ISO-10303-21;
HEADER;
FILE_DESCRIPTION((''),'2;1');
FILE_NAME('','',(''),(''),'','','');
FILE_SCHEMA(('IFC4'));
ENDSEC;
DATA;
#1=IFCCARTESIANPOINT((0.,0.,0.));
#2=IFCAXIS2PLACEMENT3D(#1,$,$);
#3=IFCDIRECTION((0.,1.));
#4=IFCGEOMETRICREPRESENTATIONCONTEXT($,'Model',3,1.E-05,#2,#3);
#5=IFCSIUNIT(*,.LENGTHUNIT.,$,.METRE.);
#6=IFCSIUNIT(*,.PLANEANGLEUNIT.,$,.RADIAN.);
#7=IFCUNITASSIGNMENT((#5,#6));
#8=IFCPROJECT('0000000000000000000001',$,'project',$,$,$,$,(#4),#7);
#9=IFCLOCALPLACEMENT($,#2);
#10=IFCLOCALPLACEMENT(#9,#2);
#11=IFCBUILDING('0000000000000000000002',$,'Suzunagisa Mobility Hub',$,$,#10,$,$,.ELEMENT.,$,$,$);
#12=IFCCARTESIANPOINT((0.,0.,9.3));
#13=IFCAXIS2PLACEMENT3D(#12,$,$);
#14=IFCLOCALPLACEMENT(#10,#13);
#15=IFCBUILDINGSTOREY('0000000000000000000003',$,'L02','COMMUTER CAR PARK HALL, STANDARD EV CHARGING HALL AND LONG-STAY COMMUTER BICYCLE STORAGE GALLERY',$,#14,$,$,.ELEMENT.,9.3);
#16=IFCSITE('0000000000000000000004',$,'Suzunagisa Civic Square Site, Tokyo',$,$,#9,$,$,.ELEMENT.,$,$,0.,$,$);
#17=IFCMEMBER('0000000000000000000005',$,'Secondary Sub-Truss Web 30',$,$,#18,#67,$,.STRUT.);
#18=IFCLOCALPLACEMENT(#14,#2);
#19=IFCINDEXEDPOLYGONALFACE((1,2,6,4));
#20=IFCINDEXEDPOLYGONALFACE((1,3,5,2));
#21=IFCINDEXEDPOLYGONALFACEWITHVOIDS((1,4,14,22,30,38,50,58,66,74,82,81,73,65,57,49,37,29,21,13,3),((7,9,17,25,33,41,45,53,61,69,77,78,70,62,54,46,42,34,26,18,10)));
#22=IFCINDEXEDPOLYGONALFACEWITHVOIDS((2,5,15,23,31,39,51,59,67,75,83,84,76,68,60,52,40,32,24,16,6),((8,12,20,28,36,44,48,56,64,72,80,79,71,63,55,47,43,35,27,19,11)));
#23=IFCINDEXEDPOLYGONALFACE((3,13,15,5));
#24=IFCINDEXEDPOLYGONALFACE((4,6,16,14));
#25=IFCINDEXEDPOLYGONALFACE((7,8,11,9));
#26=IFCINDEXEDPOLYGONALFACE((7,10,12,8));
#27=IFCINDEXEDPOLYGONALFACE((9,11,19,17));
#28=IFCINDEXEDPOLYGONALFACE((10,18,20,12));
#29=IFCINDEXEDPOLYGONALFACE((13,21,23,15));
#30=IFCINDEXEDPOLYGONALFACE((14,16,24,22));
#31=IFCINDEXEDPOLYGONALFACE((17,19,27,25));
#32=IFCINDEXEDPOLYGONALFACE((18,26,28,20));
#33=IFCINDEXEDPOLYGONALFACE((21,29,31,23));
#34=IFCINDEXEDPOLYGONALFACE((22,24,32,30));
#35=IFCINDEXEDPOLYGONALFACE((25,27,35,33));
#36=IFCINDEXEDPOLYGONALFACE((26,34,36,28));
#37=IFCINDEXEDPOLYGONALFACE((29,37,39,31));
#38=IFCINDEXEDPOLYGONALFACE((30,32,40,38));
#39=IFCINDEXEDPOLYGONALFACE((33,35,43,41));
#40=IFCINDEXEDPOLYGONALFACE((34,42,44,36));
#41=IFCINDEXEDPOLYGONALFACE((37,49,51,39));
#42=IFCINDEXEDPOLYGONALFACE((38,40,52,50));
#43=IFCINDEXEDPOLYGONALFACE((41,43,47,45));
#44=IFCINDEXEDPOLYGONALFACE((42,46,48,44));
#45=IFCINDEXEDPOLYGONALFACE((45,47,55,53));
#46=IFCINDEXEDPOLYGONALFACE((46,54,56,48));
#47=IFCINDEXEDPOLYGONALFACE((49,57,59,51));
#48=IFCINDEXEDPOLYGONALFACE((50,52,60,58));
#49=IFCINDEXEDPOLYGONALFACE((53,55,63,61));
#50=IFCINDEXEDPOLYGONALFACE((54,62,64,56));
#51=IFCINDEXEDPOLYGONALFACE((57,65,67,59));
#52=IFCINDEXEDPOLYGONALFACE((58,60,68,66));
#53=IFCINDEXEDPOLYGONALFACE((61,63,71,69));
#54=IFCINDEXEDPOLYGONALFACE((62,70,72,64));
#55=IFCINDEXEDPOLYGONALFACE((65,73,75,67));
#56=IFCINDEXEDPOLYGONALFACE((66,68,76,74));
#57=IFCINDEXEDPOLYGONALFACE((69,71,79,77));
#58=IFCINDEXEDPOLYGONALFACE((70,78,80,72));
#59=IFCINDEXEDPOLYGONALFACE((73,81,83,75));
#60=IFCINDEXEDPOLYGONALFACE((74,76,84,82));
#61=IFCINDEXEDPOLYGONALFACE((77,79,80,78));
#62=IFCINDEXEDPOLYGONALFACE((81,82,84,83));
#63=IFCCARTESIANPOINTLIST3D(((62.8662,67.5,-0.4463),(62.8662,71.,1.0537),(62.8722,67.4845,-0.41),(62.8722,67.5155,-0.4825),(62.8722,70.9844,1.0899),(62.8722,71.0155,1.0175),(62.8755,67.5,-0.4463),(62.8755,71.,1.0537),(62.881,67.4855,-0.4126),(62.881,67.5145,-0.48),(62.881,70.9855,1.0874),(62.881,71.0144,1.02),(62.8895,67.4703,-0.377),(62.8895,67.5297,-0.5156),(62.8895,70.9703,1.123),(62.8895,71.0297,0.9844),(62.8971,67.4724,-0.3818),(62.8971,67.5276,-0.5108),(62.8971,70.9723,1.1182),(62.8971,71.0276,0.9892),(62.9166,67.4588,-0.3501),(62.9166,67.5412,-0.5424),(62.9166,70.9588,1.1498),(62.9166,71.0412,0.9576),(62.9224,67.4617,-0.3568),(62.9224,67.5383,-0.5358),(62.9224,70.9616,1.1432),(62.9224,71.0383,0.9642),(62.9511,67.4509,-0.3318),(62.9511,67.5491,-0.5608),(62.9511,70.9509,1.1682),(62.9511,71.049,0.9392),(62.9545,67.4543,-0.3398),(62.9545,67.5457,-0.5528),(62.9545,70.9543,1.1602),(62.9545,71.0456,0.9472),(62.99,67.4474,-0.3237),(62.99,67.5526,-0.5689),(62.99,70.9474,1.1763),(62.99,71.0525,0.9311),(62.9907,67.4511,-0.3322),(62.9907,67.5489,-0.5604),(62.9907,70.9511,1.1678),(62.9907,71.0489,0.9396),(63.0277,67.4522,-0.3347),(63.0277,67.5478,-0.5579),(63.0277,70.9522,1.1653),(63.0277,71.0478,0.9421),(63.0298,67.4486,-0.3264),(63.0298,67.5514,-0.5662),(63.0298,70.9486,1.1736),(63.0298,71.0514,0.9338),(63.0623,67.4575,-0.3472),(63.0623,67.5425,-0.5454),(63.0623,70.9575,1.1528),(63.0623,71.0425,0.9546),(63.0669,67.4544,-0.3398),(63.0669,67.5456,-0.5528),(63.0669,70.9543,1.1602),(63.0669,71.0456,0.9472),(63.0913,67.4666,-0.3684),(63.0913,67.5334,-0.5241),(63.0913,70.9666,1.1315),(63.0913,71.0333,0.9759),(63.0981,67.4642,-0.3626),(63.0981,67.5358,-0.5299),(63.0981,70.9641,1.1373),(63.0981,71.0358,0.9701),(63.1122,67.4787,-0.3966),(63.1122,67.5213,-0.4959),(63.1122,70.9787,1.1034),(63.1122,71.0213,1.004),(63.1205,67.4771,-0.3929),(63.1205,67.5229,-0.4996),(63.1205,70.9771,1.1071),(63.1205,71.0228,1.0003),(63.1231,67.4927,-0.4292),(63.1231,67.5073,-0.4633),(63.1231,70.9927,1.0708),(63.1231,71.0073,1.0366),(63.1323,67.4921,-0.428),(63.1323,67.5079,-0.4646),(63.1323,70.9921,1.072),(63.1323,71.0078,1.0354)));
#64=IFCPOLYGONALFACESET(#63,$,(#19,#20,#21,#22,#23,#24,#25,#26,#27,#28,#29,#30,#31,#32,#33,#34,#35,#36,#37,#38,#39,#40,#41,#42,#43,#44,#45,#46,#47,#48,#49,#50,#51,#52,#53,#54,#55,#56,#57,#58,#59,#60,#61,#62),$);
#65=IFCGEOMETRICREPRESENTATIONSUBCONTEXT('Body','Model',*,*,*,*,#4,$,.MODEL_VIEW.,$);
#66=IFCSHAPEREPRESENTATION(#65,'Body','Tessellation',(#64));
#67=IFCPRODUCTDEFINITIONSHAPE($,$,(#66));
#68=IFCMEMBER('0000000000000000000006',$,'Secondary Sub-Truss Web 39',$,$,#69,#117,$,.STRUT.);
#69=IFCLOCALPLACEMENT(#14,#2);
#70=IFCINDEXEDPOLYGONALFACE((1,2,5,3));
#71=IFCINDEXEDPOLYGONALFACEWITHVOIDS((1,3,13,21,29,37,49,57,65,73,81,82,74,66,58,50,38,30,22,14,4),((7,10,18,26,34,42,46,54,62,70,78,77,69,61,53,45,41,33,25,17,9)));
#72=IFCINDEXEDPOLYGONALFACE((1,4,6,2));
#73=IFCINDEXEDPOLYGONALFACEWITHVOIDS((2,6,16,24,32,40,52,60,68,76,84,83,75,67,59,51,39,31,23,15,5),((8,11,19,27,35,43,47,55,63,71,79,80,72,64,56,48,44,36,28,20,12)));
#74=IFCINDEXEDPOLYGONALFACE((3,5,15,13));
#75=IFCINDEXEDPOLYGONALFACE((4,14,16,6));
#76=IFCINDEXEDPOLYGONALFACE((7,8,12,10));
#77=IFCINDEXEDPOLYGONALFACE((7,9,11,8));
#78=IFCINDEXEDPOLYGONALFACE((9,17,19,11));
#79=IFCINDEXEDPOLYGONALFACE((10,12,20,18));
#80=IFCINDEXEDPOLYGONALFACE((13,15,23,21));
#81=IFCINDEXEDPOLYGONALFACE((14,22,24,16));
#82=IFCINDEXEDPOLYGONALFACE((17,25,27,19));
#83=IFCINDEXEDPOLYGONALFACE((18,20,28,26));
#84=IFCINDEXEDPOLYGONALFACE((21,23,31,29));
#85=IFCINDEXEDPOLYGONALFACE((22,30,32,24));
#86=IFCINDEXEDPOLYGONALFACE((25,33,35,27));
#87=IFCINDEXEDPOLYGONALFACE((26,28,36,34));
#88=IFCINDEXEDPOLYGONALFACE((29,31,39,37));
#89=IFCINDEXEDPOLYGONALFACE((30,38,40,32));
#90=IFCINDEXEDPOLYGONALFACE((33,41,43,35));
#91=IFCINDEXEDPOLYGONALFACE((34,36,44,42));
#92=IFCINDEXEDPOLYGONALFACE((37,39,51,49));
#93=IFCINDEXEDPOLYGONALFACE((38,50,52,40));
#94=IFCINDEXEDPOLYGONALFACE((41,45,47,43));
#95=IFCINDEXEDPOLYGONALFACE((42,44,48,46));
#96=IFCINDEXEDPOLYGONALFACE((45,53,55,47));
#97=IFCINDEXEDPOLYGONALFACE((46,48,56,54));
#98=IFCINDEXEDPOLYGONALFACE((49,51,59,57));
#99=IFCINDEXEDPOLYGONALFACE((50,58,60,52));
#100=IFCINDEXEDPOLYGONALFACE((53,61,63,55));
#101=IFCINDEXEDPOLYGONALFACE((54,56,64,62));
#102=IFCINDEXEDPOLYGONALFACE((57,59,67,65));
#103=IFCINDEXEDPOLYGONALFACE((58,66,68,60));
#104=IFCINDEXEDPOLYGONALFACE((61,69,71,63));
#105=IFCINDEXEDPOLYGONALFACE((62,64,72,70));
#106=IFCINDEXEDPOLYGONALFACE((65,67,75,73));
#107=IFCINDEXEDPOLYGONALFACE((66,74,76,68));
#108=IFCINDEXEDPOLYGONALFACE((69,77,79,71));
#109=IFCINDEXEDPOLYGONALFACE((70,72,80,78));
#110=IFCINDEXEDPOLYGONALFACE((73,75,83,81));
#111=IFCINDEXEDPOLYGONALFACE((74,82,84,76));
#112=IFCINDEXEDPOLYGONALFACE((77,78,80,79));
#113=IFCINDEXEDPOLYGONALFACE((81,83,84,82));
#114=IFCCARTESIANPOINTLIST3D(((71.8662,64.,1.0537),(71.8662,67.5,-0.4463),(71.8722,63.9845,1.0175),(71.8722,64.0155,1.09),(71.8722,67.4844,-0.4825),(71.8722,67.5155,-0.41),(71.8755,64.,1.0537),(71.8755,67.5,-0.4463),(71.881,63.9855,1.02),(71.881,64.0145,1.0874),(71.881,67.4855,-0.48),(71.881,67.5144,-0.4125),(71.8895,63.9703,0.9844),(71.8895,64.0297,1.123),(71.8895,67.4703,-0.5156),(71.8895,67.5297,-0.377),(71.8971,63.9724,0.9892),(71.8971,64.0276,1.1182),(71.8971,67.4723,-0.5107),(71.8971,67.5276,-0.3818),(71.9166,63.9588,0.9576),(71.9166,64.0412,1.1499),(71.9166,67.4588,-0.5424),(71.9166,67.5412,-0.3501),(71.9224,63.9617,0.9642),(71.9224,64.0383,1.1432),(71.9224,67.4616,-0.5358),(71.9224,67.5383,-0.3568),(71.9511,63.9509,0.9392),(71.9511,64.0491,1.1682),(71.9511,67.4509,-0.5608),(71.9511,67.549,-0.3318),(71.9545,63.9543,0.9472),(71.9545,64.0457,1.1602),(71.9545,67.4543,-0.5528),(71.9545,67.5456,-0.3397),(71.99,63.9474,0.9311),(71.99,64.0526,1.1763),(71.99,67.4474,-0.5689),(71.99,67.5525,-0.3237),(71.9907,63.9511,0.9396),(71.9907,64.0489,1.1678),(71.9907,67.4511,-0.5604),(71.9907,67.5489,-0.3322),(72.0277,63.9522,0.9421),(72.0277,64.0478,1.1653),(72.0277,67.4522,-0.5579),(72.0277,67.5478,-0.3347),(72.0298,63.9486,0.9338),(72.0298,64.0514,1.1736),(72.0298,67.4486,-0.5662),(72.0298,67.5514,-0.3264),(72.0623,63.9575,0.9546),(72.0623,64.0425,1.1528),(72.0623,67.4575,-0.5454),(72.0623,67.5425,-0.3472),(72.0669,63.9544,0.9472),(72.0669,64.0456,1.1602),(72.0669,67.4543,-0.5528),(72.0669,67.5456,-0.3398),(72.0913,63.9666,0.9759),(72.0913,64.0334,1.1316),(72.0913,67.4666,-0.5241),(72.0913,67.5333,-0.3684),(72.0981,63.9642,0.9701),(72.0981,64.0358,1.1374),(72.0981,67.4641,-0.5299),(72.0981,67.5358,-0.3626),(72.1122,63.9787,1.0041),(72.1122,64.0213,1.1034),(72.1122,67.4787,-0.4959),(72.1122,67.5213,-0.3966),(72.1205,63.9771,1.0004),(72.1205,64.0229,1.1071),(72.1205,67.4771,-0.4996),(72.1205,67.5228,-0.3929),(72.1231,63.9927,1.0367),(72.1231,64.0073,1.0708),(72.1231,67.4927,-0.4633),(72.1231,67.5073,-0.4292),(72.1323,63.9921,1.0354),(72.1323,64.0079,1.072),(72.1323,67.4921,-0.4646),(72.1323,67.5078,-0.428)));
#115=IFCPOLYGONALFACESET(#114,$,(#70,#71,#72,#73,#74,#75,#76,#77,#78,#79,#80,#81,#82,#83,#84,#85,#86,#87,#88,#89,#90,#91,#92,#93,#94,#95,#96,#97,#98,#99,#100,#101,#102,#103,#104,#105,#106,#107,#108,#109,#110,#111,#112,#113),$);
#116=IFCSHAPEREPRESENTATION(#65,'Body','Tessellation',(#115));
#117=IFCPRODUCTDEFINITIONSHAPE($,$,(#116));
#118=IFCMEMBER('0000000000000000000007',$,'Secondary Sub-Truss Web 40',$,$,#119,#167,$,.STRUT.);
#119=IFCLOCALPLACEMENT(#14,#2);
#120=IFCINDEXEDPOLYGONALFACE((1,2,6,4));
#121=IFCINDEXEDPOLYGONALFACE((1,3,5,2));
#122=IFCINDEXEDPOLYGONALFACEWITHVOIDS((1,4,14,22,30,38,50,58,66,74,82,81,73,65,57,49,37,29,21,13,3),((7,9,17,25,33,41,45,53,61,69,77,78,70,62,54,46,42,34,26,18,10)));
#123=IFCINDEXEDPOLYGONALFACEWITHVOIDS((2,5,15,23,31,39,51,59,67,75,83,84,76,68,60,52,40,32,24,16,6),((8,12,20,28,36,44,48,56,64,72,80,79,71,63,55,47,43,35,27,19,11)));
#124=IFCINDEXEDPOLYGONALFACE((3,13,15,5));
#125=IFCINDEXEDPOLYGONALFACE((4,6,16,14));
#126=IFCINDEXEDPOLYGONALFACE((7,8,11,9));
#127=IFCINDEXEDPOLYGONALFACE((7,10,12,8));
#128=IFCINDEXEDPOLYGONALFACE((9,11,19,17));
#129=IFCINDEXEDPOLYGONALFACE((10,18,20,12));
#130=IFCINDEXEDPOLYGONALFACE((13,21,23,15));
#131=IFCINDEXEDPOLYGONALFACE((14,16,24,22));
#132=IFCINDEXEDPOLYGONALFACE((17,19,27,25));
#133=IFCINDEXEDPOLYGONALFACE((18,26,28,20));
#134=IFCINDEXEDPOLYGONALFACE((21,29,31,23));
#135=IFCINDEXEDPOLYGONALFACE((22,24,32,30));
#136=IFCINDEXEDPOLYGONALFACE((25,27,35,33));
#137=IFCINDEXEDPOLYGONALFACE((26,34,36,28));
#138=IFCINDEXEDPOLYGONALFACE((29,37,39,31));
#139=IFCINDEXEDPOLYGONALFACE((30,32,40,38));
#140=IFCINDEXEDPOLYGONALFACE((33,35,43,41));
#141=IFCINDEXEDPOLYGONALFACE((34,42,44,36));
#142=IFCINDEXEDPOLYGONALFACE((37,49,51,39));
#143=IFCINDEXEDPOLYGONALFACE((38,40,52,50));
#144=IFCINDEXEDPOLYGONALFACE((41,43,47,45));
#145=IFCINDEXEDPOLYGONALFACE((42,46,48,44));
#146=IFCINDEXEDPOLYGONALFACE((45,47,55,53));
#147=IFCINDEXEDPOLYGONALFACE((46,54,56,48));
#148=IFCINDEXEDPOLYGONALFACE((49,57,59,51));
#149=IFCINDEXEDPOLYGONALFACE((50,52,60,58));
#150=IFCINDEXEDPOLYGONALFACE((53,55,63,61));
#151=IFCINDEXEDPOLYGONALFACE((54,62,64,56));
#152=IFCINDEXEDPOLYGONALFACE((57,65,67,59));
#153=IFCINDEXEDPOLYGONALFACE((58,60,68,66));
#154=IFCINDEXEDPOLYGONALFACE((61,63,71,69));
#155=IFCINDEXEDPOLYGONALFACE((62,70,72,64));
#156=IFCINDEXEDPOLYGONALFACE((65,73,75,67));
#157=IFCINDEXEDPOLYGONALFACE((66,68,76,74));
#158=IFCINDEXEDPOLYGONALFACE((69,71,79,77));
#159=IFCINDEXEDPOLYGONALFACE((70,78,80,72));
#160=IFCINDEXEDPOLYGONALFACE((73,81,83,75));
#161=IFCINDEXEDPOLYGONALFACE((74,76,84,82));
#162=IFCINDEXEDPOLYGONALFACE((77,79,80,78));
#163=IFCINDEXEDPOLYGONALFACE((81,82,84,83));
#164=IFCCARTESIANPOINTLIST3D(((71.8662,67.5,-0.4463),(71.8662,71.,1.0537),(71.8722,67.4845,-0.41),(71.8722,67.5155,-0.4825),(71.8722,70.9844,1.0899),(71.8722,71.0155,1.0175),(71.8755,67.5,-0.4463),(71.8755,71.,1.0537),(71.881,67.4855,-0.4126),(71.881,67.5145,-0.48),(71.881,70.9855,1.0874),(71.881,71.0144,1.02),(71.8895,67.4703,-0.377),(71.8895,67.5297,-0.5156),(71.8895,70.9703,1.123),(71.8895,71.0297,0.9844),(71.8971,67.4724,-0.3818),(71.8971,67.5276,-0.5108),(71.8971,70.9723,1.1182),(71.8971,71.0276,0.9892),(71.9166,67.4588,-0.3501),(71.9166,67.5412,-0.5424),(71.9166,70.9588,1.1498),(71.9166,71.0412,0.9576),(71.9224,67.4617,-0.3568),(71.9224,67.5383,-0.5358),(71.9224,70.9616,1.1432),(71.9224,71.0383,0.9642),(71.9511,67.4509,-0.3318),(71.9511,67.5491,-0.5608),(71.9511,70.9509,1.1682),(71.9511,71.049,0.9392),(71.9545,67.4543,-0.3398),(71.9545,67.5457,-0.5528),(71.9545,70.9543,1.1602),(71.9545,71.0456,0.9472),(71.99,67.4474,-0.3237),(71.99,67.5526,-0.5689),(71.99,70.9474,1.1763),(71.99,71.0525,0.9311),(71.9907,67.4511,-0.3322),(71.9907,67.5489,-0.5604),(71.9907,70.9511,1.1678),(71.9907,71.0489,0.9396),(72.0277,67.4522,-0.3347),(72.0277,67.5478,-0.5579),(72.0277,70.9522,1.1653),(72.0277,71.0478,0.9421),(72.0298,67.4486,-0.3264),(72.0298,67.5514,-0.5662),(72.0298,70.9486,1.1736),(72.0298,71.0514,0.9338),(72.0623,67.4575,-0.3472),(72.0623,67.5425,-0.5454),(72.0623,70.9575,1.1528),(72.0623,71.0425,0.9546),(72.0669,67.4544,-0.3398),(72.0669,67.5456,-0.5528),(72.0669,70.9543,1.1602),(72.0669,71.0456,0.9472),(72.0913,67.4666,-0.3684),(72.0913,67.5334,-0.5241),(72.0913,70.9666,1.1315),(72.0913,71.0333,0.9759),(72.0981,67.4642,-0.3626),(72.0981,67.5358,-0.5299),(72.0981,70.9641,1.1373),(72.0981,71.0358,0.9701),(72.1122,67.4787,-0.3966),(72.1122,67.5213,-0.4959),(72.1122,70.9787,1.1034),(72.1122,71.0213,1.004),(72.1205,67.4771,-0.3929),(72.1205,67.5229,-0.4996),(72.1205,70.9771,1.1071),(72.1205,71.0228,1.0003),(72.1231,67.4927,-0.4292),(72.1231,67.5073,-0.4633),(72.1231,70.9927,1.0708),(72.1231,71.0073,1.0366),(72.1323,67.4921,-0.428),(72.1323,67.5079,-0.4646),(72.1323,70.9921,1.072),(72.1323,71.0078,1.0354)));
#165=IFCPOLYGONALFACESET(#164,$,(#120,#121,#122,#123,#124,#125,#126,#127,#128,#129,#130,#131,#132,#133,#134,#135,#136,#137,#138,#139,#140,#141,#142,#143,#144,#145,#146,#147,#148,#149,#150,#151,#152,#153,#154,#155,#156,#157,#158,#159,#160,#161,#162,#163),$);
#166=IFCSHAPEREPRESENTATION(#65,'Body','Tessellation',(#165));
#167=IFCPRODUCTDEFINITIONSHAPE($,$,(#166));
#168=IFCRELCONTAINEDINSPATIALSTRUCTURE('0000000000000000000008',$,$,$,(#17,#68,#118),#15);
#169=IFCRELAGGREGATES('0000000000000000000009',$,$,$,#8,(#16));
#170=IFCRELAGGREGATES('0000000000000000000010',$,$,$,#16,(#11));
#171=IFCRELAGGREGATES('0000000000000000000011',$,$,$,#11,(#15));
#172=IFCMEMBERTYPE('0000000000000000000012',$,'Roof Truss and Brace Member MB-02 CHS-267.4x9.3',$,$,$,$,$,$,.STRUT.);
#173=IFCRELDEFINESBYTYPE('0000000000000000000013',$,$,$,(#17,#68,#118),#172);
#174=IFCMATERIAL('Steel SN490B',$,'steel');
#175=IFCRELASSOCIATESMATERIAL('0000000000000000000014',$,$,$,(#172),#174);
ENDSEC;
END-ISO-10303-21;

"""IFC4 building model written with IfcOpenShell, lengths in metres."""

from ifc_helpers import new_model, si_unit, direction, frame, origin, origin_2d, place, context, subcontext, project, spatial, hollow_circle, extrude, material, material_profile, profile_set, type_object, element, save


model = new_model("IFC4")

# Units and contexts
model_context = context("Model", 3, precision=1e-05, world=origin(), true_north=direction((0.0, 1.0)))
body_context = subcontext(model_context, "Body", "Model", "MODEL_VIEW")
ifc_project = project(units=[si_unit("LENGTHUNIT", "METRE"), si_unit("PLANEANGLEUNIT", "RADIAN")], contexts=[model_context])

# Site, building, storey
site_placement = place(None, origin())
site = spatial("IfcSite", under=ifc_project, at=site_placement, Name="Suzunagisa Civic Square Site, Tokyo", CompositionType="ELEMENT", RefElevation=0.0)
building_placement = place(site_placement, origin())
building = spatial("IfcBuilding", under=site, at=building_placement, Name="Suzunagisa Mobility Hub", CompositionType="ELEMENT")
storey_placement = place(building_placement, frame((0.0, 0.0, 9.3)))
storey = spatial("IfcBuildingStorey", under=building, at=storey_placement, Name="L02", Description="COMMUTER CAR PARK HALL, STANDARD EV CHARGING HALL AND LONG-STAY COMMUTER BICYCLE STORAGE GALLERY", CompositionType="ELEMENT", Elevation=9.3)

# Shared definitions
ifc_material_1 = material(Name="Steel SN490B", Category="steel")

# Members
ifc_material_profile_1 = material_profile(ifc_material_1, hollow_circle(Radius=0.1338, WallThickness=0.0093, at=origin_2d()), Name="CHS-267.4x9.3")
ifc_profile_set_1 = profile_set([ifc_material_profile_1], Name="Steel SN490B")
member_type_1 = type_object("IfcMemberType", Name="Roof Truss and Brace Member MB-02 CHS-267.4x9.3", PredefinedType="STRUT", material=ifc_profile_set_1)
for number, where, z_axis, x_axis, name in (
    (1, (63.0, 67.5, -0.4463), (0.0, 0.919145, 0.393919), (-1.0, 0.0, 0.0), "Secondary Sub-Truss Web 30"),
    (2, (72.0, 64.0, 1.0537), (0.0, 0.919145, -0.393919), (-1.0, 0.0, 0.0), "Secondary Sub-Truss Web 39"),
    (3, (72.0, 67.5, -0.4463), (0.0, 0.919145, 0.393919), (-1.0, 0.0, 0.0), "Secondary Sub-Truss Web 40"),
):
    element("IfcMember", number, at=place(storey_placement, frame(where, z_axis=z_axis, x_axis=x_axis)), inside=storey, type_object=member_type_1, Name=name, PredefinedType="STRUT", context=body_context, shape_type="SweptSolid", body=[
        extrude(hollow_circle(Radius=0.1338, WallThickness=0.0093, at=origin_2d()), origin(), (0.0, 0.0, 1.0), 3.8079),
    ])

save(model, "model.ifc")
